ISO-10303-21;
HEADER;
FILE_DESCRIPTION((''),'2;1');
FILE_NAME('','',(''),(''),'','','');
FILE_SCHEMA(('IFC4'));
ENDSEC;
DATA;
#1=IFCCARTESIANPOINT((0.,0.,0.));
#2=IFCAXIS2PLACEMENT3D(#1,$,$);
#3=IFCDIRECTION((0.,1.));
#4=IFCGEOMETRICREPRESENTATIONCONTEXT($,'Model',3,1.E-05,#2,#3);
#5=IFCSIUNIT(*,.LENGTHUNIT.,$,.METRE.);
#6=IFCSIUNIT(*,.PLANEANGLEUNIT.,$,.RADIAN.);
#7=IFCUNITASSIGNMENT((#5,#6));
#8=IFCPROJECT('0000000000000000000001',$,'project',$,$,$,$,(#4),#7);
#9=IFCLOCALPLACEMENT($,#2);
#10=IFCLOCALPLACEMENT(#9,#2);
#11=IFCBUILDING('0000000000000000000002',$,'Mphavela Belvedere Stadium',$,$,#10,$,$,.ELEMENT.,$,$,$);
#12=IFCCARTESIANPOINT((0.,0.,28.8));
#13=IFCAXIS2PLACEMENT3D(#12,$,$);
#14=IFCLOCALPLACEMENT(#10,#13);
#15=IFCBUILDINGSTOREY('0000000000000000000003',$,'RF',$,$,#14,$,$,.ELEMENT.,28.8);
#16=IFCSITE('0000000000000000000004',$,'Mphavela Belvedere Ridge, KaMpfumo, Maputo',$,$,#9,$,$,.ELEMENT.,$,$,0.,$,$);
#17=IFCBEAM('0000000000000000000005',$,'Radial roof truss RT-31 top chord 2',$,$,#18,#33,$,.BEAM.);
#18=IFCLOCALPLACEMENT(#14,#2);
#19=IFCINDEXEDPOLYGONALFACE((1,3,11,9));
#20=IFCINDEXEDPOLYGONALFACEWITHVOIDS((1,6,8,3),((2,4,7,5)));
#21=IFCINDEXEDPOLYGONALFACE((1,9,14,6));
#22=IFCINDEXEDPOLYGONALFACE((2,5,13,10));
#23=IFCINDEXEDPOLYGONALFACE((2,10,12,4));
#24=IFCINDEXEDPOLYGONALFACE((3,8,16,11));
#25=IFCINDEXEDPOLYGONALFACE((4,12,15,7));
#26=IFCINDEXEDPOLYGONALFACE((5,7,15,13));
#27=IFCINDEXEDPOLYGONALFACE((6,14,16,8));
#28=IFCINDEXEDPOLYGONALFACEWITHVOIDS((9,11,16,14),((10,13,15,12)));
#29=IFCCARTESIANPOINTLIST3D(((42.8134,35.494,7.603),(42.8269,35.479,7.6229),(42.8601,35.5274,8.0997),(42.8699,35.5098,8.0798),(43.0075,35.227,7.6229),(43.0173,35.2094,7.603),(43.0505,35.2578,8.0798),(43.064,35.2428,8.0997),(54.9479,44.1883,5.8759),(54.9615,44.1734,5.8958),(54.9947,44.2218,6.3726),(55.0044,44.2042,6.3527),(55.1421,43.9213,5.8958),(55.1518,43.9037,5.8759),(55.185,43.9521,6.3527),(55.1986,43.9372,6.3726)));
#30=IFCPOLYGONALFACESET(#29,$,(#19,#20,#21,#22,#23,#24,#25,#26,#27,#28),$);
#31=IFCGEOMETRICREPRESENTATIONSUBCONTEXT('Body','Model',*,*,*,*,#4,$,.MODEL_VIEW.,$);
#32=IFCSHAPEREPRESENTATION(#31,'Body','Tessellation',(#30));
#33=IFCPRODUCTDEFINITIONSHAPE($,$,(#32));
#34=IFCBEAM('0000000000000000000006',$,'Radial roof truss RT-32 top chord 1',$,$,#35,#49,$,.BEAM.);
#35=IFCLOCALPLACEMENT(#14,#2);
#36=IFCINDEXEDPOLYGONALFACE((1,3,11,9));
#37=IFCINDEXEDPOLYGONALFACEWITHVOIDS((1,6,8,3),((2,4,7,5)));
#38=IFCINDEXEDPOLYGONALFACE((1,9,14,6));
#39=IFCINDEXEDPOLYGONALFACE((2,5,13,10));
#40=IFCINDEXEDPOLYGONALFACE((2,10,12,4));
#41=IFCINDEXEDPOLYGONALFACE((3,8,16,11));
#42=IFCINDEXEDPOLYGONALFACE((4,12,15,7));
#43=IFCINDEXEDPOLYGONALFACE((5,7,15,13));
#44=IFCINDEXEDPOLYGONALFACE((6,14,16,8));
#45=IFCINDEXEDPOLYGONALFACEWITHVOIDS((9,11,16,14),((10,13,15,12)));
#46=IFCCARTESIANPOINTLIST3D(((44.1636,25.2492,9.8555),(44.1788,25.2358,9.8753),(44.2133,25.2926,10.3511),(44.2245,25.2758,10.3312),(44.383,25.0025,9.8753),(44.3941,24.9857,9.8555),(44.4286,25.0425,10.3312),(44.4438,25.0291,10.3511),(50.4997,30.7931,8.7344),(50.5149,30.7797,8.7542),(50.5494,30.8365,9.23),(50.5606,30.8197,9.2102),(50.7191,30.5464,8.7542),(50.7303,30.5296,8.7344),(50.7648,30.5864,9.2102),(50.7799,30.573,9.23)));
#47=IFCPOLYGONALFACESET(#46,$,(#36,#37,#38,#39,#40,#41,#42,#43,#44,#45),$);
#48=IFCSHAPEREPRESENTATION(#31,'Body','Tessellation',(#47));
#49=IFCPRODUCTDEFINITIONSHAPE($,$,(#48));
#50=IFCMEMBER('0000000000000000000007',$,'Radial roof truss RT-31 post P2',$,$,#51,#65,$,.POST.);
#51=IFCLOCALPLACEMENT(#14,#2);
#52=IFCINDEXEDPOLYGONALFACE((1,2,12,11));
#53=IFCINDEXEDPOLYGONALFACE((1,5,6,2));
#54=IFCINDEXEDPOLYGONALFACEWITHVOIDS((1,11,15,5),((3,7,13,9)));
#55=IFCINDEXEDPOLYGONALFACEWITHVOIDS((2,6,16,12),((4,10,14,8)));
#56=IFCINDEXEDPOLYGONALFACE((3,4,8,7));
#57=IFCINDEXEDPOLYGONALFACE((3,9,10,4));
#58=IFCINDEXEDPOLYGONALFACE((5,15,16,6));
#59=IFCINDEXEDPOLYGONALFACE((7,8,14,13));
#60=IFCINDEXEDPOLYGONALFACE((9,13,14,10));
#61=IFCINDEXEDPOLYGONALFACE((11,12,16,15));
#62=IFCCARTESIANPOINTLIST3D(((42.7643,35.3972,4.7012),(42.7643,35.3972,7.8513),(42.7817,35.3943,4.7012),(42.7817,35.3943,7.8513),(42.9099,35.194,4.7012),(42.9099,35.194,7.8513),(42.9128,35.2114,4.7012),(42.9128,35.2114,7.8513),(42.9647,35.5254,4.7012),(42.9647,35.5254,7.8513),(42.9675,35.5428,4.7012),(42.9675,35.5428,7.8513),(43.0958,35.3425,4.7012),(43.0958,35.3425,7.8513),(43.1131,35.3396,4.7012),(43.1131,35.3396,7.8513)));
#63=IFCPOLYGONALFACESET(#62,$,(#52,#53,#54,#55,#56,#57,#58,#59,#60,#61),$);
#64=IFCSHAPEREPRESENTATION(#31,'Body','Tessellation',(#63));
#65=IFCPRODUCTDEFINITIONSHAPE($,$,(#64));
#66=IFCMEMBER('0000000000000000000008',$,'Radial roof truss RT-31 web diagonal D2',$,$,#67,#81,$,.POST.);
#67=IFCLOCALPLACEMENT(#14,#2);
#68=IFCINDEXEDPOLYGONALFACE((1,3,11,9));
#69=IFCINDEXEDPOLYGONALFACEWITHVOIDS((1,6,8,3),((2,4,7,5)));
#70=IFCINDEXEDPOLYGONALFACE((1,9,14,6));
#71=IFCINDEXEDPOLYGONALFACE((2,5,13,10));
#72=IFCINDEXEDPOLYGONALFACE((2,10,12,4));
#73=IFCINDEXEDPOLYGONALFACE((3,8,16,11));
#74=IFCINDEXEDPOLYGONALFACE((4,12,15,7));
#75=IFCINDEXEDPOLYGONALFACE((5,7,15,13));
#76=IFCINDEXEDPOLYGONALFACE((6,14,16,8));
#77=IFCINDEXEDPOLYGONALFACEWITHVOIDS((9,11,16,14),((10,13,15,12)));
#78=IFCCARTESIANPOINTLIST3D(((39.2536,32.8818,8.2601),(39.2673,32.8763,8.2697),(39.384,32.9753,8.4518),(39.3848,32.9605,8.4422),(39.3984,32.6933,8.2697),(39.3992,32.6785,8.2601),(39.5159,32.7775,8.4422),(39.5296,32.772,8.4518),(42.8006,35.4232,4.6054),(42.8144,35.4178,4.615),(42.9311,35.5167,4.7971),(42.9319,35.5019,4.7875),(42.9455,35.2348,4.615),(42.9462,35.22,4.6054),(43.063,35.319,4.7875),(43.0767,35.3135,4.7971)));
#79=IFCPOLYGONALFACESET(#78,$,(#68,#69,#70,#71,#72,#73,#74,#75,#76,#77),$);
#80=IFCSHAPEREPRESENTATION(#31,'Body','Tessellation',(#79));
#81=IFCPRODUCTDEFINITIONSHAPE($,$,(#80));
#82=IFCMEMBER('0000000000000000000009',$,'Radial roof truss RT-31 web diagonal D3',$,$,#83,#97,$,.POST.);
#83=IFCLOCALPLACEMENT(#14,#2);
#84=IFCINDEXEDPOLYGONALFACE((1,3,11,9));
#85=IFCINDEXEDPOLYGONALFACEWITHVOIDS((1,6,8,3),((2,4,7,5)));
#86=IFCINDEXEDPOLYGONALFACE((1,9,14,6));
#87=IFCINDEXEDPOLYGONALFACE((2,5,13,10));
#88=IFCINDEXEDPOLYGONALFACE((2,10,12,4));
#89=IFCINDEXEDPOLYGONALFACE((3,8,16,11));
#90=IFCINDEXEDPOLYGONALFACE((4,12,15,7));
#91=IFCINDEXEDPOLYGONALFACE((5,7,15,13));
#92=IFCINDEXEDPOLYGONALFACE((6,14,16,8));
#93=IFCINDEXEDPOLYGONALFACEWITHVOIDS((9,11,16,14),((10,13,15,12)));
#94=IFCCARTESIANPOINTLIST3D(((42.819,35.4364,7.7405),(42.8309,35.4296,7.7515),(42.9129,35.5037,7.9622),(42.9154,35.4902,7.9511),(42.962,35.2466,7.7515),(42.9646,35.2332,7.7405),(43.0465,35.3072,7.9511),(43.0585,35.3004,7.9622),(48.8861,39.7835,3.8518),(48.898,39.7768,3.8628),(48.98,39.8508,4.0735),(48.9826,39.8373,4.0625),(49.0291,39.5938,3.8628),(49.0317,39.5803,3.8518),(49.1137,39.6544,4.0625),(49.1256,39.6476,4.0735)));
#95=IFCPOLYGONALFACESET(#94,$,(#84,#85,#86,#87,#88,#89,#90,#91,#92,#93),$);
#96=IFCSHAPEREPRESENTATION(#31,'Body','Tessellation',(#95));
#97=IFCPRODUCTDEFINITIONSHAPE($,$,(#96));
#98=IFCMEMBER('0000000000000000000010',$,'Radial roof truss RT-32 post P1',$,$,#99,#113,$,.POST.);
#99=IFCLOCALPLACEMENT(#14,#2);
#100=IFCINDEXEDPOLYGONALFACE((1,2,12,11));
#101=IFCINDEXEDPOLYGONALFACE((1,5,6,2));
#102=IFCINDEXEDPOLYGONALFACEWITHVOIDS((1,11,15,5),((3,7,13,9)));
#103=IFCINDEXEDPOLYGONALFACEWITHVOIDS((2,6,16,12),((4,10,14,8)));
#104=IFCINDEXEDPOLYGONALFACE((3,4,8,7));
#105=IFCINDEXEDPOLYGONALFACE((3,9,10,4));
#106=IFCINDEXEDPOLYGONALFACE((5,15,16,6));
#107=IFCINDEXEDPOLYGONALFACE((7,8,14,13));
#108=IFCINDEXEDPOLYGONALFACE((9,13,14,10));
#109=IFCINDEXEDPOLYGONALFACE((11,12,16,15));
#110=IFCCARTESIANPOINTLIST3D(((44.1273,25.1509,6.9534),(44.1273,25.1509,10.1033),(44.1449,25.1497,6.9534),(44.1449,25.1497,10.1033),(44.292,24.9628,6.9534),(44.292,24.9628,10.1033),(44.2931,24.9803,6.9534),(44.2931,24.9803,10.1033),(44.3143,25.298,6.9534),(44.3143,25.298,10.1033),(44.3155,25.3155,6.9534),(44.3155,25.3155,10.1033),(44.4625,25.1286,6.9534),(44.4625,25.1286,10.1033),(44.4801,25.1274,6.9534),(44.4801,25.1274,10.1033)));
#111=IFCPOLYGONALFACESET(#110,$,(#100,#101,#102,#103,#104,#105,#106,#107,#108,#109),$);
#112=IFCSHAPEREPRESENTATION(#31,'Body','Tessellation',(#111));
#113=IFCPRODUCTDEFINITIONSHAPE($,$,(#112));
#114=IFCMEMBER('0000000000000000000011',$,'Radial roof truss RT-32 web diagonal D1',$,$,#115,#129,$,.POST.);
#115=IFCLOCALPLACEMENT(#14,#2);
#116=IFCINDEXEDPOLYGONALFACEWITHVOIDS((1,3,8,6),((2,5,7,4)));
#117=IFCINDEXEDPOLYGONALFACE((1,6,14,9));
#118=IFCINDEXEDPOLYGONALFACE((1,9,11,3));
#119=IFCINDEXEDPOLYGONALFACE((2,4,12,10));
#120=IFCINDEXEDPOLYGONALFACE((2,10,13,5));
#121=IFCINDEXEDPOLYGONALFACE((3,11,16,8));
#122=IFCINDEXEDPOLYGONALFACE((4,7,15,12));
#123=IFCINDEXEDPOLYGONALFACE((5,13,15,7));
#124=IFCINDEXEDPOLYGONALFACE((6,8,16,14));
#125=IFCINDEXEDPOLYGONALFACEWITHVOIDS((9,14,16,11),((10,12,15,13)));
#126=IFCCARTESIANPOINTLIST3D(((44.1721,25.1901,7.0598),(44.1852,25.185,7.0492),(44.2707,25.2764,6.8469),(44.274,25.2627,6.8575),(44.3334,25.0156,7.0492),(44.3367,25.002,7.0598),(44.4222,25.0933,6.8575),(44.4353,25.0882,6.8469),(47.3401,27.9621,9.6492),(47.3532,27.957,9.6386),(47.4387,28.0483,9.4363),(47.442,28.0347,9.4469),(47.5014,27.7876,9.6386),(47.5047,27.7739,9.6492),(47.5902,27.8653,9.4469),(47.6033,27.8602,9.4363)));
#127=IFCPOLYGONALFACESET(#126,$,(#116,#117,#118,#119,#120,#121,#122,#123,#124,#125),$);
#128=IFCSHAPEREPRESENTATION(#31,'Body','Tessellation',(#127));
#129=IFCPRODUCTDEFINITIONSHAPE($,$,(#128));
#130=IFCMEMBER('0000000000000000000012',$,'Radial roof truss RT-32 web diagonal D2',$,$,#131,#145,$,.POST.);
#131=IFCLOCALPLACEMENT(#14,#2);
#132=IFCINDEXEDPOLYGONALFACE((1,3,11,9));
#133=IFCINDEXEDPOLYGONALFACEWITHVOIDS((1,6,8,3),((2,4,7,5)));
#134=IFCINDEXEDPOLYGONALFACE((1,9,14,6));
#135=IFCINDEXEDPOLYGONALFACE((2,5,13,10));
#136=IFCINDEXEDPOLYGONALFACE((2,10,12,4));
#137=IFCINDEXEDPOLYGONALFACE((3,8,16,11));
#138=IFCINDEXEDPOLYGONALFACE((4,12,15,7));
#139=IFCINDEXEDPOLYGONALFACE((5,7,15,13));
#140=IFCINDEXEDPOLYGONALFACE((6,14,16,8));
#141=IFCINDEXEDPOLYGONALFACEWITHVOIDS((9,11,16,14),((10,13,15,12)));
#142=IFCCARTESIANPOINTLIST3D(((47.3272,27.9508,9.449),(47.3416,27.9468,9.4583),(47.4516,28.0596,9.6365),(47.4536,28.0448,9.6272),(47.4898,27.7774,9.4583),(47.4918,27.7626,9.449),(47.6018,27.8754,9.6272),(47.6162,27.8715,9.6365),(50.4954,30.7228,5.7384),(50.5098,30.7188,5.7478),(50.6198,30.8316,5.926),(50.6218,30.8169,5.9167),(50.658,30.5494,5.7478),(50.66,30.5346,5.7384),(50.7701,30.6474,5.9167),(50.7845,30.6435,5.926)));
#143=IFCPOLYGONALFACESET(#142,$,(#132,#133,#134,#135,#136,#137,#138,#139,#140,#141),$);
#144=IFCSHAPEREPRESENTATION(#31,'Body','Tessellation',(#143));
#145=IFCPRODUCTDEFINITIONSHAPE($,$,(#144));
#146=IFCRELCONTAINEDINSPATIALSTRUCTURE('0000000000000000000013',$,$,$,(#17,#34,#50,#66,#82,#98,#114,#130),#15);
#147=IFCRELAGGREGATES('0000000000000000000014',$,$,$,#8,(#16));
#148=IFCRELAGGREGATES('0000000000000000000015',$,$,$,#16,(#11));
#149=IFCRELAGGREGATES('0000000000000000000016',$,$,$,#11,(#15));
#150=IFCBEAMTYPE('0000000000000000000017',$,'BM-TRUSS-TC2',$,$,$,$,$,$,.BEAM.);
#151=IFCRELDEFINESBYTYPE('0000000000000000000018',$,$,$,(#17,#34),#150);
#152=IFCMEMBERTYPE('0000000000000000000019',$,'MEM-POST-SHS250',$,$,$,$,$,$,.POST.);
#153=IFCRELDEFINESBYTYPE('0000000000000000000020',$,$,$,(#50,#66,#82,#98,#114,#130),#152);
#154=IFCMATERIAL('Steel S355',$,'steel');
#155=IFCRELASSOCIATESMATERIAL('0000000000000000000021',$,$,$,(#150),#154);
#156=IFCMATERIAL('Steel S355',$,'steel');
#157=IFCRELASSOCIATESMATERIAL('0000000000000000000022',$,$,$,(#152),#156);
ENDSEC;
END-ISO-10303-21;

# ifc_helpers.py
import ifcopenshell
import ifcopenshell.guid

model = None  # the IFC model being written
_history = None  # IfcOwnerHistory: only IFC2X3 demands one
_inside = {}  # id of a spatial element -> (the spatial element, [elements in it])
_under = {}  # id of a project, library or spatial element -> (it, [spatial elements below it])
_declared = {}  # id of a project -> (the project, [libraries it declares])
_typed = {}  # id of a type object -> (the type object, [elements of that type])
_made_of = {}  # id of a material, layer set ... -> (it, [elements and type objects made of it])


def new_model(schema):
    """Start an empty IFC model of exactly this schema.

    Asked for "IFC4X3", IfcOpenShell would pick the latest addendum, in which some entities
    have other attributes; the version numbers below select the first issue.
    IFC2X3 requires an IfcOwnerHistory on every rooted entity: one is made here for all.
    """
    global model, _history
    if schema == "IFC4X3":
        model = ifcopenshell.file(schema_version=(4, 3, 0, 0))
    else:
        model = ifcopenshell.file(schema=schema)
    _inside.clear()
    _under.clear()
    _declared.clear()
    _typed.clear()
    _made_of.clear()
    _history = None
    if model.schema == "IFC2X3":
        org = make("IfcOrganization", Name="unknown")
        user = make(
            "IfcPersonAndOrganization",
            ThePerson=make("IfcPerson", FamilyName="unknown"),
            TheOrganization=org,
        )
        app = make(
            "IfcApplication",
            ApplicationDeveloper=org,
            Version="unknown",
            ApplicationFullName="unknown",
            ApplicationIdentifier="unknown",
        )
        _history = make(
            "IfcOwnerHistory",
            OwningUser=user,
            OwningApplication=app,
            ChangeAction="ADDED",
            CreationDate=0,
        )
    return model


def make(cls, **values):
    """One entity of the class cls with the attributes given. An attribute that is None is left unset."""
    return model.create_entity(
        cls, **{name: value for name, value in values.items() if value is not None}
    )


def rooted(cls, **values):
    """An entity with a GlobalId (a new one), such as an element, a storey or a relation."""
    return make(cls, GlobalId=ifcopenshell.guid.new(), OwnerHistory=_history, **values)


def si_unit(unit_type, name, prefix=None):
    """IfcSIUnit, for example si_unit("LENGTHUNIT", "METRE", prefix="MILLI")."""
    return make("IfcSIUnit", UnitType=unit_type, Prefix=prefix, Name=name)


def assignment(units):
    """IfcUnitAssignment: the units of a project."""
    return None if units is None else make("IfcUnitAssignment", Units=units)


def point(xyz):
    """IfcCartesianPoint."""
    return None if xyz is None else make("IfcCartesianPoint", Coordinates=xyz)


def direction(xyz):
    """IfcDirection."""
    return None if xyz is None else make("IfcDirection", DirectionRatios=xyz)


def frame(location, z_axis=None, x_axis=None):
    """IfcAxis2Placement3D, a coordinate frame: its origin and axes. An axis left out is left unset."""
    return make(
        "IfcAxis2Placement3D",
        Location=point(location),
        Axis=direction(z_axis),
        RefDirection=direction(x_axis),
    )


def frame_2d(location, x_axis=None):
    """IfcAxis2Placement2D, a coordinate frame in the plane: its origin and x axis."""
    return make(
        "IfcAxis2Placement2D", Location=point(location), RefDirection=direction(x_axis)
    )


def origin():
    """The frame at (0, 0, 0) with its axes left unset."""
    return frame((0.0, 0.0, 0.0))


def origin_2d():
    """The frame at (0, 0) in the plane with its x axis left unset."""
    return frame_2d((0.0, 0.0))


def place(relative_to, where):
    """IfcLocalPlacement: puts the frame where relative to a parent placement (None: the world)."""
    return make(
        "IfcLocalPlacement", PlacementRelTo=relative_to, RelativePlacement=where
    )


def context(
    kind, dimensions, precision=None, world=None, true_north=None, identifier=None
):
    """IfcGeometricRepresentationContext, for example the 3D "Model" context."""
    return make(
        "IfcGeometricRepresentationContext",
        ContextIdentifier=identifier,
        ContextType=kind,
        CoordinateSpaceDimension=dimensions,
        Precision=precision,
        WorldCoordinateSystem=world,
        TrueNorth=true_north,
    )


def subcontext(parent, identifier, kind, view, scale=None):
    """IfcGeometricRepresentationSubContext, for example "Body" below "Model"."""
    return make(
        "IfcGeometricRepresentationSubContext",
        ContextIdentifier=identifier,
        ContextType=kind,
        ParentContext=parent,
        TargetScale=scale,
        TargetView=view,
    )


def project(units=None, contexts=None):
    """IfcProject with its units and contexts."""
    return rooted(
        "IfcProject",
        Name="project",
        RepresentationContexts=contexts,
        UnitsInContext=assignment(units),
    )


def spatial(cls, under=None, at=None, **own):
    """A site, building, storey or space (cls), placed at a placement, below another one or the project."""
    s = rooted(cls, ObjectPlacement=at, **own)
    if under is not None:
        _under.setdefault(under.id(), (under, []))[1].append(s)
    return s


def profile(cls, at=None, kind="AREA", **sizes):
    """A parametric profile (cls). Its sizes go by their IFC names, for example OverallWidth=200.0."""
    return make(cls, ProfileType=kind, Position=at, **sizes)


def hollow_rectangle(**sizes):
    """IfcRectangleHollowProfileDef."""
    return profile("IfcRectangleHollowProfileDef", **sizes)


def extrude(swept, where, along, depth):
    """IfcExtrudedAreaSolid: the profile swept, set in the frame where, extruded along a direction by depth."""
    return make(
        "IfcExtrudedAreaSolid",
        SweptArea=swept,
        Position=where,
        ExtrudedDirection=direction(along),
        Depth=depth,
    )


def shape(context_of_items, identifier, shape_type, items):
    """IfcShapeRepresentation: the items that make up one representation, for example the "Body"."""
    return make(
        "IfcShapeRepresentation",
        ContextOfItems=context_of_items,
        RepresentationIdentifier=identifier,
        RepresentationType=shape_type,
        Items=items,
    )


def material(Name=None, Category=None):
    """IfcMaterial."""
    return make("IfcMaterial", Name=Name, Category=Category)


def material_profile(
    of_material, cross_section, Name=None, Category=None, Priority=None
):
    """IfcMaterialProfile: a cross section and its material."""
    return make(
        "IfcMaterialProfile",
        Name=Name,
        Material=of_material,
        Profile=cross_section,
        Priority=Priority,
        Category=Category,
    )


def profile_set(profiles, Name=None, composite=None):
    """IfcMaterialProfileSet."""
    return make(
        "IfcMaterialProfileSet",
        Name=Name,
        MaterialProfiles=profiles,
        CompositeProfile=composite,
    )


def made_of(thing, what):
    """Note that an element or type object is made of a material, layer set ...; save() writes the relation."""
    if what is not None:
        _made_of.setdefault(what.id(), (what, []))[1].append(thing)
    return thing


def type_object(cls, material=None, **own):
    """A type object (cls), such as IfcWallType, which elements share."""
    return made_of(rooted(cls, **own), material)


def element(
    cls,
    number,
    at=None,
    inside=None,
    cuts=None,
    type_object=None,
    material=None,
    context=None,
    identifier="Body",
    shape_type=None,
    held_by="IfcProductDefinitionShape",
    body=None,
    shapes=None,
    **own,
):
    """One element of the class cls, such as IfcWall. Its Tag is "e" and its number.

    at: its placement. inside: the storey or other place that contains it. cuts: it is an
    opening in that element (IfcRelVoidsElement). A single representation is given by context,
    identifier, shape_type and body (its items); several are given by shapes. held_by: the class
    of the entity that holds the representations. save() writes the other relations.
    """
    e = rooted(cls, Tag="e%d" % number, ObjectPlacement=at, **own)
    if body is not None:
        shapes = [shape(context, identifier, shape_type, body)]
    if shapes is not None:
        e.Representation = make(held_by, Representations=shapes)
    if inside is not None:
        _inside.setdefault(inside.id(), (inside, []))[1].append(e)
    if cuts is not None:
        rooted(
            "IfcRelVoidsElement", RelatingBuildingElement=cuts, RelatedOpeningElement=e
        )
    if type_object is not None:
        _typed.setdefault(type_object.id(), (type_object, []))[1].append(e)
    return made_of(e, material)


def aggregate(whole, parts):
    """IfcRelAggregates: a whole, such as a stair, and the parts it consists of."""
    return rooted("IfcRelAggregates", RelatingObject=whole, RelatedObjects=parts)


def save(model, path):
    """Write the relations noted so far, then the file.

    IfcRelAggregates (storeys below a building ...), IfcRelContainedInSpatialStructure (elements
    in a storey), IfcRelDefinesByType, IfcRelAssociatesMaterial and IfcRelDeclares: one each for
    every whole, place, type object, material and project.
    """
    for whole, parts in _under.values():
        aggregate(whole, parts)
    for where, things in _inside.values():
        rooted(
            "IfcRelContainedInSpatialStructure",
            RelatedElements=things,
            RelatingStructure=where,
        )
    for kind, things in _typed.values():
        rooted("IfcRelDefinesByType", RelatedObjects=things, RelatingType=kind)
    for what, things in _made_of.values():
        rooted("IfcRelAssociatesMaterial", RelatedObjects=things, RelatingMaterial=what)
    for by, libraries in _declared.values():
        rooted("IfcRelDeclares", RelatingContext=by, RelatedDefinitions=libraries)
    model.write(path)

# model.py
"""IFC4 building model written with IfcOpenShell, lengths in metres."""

from ifc_helpers import new_model, si_unit, direction, frame, origin, origin_2d, place, context, subcontext, project, spatial, hollow_rectangle, extrude, material, material_profile, profile_set, type_object, element, save


model = new_model("IFC4")

# Units and contexts
model_context = context("Model", 3, precision=1e-05, world=origin(), true_north=direction((0.0, 1.0)))
body_context = subcontext(model_context, "Body", "Model", "MODEL_VIEW")
ifc_project = project(units=[si_unit("LENGTHUNIT", "METRE"), si_unit("PLANEANGLEUNIT", "RADIAN")], contexts=[model_context])

# Site, building, storey
site_placement = place(None, origin())
site = spatial("IfcSite", under=ifc_project, at=site_placement, Name="Mphavela Belvedere Ridge, KaMpfumo, Maputo", CompositionType="ELEMENT", RefElevation=0.0)
building_placement = place(site_placement, origin())
building = spatial("IfcBuilding", under=site, at=building_placement, Name="Mphavela Belvedere Stadium", CompositionType="ELEMENT")
storey_placement = place(building_placement, frame((0.0, 0.0, 28.8)))
storey = spatial("IfcBuildingStorey", under=building, at=storey_placement, Name="RF", CompositionType="ELEMENT", Elevation=28.8)

# Beams
ifc_material_1 = material(Name="Steel S355", Category="steel")
ifc_material_profile_1 = material_profile(ifc_material_1, hollow_rectangle(XDim=0.3501, YDim=0.5, WallThickness=0.02, at=origin_2d()), Name="RHS 500x350x20")
ifc_profile_set_1 = profile_set([ifc_material_profile_1], Name="Steel S355")
beam_type_1 = type_object("IfcBeamType", Name="BM-TRUSS-TC2", PredefinedType="BEAM", material=ifc_profile_set_1)
beam_1_placement = place(storey_placement, frame((42.9387, 35.3684, 7.8513), z_axis=(0.807497, 0.578568, -0.114927), x_axis=(-0.582427, 0.812883, 0.0)))
element("IfcBeam", 1, at=beam_1_placement, inside=storey, type_object=beam_type_1, Name="Radial roof truss RT-31 top chord 2", PredefinedType="BEAM", context=body_context, shape_type="SweptSolid", body=[
    extrude(hollow_rectangle(XDim=0.3501, YDim=0.5, WallThickness=0.02, at=origin_2d()), origin(), (0.0, 0.0, 1.0), 15.0273),
])
beam_2_placement = place(storey_placement, frame((44.3037, 25.1392, 10.1033), z_axis=(0.746004, 0.652729, -0.131994), x_axis=(-0.65849, 0.752589, 0.0)))
element("IfcBeam", 2, at=beam_2_placement, inside=storey, type_object=beam_type_1, Name="Radial roof truss RT-32 top chord 1", PredefinedType="BEAM", context=body_context, shape_type="SweptSolid", body=[
    extrude(hollow_rectangle(XDim=0.3501, YDim=0.5, WallThickness=0.02, at=origin_2d()), origin(), (0.0, 0.0, 1.0), 8.4934),
])

# Members
ifc_material_2 = material(Name="Steel S355", Category="steel")
ifc_material_profile_2 = material_profile(ifc_material_2, hollow_rectangle(XDim=0.25, YDim=0.25, WallThickness=0.0125, at=origin_2d()), Name="SHS 250x250x12.5")
ifc_profile_set_2 = profile_set([ifc_material_profile_2], Name="Steel S355")
member_type_1 = type_object("IfcMemberType", Name="MEM-POST-SHS250", PredefinedType="POST", material=ifc_profile_set_2)
member_1_placement = place(storey_placement, frame((42.9387, 35.3684, 4.7012), z_axis=(0.0, 0.0, 1.0), x_axis=(-0.812898, -0.582407, 0.0)))
element("IfcMember", 3, at=member_1_placement, inside=storey, type_object=member_type_1, Name="Radial roof truss RT-31 post P2", PredefinedType="POST", context=body_context, shape_type="SweptSolid", body=[
    extrude(hollow_rectangle(XDim=0.25, YDim=0.25, WallThickness=0.0125, at=origin_2d()), origin(), (0.0, 0.0, 1.0), 3.1501),
])
member_2_placement = place(storey_placement, frame((39.3916, 32.8269, 8.356), z_axis=(0.623177, 0.446505, -0.642093), x_axis=(-0.582428, 0.812882, 0.0)))
element("IfcMember", 4, at=member_2_placement, inside=storey, type_object=member_type_1, Name="Radial roof truss RT-31 web diagonal D2", PredefinedType="POST", context=body_context, shape_type="SweptSolid", body=[
    extrude(hollow_rectangle(XDim=0.25, YDim=0.25, WallThickness=0.0125, at=origin_2d()), origin(), (0.0, 0.0, 1.0), 5.6919),
])
member_3_placement = place(storey_placement, frame((42.9387, 35.3684, 7.8513), z_axis=(0.720901, 0.516533, -0.462055), x_axis=(-0.582435, 0.812877, 0.0)))
element("IfcMember", 5, at=member_3_placement, inside=storey, type_object=member_type_1, Name="Radial roof truss RT-31 web diagonal D3", PredefinedType="POST", context=body_context, shape_type="SweptSolid", body=[
    extrude(hollow_rectangle(XDim=0.25, YDim=0.25, WallThickness=0.0125, at=origin_2d()), origin(), (0.0, 0.0, 1.0), 8.416),
])
member_4_placement = place(storey_placement, frame((44.3037, 25.1392, 6.9534), z_axis=(0.0, 0.0, 1.0), x_axis=(-0.75253, -0.658558, 0.0)))
element("IfcMember", 6, at=member_4_placement, inside=storey, type_object=member_type_1, Name="Radial roof truss RT-32 post P1", PredefinedType="POST", context=body_context, shape_type="SweptSolid", body=[
    extrude(hollow_rectangle(XDim=0.25, YDim=0.25, WallThickness=0.0125, at=origin_2d()), origin(), (0.0, 0.0, 1.0), 3.1499),
])
member_5_placement = place(storey_placement, frame((44.3037, 25.1392, 6.9534), z_axis=(0.641013, 0.560887, 0.523935), x_axis=(-0.658505, 0.752577, 0.0)))
element("IfcMember", 7, at=member_5_placement, inside=storey, type_object=member_type_1, Name="Radial roof truss RT-32 web diagonal D1", PredefinedType="POST", context=body_context, shape_type="SweptSolid", body=[
    extrude(hollow_rectangle(XDim=0.25, YDim=0.25, WallThickness=0.0125, at=origin_2d()), origin(), (0.0, 0.0, 1.0), 4.9421),
])
member_6_placement = place(storey_placement, frame((47.4717, 27.9111, 9.5427), z_axis=(0.564594, 0.493981, -0.661223), x_axis=(-0.658476, 0.752602, 0.0)))
element("IfcMember", 8, at=member_6_placement, inside=storey, type_object=member_type_1, Name="Radial roof truss RT-32 web diagonal D2", PredefinedType="POST", context=body_context, shape_type="SweptSolid", body=[
    extrude(hollow_rectangle(XDim=0.25, YDim=0.25, WallThickness=0.0125, at=origin_2d()), origin(), (0.0, 0.0, 1.0), 5.6116),
])

save(model, "model.ifc")
